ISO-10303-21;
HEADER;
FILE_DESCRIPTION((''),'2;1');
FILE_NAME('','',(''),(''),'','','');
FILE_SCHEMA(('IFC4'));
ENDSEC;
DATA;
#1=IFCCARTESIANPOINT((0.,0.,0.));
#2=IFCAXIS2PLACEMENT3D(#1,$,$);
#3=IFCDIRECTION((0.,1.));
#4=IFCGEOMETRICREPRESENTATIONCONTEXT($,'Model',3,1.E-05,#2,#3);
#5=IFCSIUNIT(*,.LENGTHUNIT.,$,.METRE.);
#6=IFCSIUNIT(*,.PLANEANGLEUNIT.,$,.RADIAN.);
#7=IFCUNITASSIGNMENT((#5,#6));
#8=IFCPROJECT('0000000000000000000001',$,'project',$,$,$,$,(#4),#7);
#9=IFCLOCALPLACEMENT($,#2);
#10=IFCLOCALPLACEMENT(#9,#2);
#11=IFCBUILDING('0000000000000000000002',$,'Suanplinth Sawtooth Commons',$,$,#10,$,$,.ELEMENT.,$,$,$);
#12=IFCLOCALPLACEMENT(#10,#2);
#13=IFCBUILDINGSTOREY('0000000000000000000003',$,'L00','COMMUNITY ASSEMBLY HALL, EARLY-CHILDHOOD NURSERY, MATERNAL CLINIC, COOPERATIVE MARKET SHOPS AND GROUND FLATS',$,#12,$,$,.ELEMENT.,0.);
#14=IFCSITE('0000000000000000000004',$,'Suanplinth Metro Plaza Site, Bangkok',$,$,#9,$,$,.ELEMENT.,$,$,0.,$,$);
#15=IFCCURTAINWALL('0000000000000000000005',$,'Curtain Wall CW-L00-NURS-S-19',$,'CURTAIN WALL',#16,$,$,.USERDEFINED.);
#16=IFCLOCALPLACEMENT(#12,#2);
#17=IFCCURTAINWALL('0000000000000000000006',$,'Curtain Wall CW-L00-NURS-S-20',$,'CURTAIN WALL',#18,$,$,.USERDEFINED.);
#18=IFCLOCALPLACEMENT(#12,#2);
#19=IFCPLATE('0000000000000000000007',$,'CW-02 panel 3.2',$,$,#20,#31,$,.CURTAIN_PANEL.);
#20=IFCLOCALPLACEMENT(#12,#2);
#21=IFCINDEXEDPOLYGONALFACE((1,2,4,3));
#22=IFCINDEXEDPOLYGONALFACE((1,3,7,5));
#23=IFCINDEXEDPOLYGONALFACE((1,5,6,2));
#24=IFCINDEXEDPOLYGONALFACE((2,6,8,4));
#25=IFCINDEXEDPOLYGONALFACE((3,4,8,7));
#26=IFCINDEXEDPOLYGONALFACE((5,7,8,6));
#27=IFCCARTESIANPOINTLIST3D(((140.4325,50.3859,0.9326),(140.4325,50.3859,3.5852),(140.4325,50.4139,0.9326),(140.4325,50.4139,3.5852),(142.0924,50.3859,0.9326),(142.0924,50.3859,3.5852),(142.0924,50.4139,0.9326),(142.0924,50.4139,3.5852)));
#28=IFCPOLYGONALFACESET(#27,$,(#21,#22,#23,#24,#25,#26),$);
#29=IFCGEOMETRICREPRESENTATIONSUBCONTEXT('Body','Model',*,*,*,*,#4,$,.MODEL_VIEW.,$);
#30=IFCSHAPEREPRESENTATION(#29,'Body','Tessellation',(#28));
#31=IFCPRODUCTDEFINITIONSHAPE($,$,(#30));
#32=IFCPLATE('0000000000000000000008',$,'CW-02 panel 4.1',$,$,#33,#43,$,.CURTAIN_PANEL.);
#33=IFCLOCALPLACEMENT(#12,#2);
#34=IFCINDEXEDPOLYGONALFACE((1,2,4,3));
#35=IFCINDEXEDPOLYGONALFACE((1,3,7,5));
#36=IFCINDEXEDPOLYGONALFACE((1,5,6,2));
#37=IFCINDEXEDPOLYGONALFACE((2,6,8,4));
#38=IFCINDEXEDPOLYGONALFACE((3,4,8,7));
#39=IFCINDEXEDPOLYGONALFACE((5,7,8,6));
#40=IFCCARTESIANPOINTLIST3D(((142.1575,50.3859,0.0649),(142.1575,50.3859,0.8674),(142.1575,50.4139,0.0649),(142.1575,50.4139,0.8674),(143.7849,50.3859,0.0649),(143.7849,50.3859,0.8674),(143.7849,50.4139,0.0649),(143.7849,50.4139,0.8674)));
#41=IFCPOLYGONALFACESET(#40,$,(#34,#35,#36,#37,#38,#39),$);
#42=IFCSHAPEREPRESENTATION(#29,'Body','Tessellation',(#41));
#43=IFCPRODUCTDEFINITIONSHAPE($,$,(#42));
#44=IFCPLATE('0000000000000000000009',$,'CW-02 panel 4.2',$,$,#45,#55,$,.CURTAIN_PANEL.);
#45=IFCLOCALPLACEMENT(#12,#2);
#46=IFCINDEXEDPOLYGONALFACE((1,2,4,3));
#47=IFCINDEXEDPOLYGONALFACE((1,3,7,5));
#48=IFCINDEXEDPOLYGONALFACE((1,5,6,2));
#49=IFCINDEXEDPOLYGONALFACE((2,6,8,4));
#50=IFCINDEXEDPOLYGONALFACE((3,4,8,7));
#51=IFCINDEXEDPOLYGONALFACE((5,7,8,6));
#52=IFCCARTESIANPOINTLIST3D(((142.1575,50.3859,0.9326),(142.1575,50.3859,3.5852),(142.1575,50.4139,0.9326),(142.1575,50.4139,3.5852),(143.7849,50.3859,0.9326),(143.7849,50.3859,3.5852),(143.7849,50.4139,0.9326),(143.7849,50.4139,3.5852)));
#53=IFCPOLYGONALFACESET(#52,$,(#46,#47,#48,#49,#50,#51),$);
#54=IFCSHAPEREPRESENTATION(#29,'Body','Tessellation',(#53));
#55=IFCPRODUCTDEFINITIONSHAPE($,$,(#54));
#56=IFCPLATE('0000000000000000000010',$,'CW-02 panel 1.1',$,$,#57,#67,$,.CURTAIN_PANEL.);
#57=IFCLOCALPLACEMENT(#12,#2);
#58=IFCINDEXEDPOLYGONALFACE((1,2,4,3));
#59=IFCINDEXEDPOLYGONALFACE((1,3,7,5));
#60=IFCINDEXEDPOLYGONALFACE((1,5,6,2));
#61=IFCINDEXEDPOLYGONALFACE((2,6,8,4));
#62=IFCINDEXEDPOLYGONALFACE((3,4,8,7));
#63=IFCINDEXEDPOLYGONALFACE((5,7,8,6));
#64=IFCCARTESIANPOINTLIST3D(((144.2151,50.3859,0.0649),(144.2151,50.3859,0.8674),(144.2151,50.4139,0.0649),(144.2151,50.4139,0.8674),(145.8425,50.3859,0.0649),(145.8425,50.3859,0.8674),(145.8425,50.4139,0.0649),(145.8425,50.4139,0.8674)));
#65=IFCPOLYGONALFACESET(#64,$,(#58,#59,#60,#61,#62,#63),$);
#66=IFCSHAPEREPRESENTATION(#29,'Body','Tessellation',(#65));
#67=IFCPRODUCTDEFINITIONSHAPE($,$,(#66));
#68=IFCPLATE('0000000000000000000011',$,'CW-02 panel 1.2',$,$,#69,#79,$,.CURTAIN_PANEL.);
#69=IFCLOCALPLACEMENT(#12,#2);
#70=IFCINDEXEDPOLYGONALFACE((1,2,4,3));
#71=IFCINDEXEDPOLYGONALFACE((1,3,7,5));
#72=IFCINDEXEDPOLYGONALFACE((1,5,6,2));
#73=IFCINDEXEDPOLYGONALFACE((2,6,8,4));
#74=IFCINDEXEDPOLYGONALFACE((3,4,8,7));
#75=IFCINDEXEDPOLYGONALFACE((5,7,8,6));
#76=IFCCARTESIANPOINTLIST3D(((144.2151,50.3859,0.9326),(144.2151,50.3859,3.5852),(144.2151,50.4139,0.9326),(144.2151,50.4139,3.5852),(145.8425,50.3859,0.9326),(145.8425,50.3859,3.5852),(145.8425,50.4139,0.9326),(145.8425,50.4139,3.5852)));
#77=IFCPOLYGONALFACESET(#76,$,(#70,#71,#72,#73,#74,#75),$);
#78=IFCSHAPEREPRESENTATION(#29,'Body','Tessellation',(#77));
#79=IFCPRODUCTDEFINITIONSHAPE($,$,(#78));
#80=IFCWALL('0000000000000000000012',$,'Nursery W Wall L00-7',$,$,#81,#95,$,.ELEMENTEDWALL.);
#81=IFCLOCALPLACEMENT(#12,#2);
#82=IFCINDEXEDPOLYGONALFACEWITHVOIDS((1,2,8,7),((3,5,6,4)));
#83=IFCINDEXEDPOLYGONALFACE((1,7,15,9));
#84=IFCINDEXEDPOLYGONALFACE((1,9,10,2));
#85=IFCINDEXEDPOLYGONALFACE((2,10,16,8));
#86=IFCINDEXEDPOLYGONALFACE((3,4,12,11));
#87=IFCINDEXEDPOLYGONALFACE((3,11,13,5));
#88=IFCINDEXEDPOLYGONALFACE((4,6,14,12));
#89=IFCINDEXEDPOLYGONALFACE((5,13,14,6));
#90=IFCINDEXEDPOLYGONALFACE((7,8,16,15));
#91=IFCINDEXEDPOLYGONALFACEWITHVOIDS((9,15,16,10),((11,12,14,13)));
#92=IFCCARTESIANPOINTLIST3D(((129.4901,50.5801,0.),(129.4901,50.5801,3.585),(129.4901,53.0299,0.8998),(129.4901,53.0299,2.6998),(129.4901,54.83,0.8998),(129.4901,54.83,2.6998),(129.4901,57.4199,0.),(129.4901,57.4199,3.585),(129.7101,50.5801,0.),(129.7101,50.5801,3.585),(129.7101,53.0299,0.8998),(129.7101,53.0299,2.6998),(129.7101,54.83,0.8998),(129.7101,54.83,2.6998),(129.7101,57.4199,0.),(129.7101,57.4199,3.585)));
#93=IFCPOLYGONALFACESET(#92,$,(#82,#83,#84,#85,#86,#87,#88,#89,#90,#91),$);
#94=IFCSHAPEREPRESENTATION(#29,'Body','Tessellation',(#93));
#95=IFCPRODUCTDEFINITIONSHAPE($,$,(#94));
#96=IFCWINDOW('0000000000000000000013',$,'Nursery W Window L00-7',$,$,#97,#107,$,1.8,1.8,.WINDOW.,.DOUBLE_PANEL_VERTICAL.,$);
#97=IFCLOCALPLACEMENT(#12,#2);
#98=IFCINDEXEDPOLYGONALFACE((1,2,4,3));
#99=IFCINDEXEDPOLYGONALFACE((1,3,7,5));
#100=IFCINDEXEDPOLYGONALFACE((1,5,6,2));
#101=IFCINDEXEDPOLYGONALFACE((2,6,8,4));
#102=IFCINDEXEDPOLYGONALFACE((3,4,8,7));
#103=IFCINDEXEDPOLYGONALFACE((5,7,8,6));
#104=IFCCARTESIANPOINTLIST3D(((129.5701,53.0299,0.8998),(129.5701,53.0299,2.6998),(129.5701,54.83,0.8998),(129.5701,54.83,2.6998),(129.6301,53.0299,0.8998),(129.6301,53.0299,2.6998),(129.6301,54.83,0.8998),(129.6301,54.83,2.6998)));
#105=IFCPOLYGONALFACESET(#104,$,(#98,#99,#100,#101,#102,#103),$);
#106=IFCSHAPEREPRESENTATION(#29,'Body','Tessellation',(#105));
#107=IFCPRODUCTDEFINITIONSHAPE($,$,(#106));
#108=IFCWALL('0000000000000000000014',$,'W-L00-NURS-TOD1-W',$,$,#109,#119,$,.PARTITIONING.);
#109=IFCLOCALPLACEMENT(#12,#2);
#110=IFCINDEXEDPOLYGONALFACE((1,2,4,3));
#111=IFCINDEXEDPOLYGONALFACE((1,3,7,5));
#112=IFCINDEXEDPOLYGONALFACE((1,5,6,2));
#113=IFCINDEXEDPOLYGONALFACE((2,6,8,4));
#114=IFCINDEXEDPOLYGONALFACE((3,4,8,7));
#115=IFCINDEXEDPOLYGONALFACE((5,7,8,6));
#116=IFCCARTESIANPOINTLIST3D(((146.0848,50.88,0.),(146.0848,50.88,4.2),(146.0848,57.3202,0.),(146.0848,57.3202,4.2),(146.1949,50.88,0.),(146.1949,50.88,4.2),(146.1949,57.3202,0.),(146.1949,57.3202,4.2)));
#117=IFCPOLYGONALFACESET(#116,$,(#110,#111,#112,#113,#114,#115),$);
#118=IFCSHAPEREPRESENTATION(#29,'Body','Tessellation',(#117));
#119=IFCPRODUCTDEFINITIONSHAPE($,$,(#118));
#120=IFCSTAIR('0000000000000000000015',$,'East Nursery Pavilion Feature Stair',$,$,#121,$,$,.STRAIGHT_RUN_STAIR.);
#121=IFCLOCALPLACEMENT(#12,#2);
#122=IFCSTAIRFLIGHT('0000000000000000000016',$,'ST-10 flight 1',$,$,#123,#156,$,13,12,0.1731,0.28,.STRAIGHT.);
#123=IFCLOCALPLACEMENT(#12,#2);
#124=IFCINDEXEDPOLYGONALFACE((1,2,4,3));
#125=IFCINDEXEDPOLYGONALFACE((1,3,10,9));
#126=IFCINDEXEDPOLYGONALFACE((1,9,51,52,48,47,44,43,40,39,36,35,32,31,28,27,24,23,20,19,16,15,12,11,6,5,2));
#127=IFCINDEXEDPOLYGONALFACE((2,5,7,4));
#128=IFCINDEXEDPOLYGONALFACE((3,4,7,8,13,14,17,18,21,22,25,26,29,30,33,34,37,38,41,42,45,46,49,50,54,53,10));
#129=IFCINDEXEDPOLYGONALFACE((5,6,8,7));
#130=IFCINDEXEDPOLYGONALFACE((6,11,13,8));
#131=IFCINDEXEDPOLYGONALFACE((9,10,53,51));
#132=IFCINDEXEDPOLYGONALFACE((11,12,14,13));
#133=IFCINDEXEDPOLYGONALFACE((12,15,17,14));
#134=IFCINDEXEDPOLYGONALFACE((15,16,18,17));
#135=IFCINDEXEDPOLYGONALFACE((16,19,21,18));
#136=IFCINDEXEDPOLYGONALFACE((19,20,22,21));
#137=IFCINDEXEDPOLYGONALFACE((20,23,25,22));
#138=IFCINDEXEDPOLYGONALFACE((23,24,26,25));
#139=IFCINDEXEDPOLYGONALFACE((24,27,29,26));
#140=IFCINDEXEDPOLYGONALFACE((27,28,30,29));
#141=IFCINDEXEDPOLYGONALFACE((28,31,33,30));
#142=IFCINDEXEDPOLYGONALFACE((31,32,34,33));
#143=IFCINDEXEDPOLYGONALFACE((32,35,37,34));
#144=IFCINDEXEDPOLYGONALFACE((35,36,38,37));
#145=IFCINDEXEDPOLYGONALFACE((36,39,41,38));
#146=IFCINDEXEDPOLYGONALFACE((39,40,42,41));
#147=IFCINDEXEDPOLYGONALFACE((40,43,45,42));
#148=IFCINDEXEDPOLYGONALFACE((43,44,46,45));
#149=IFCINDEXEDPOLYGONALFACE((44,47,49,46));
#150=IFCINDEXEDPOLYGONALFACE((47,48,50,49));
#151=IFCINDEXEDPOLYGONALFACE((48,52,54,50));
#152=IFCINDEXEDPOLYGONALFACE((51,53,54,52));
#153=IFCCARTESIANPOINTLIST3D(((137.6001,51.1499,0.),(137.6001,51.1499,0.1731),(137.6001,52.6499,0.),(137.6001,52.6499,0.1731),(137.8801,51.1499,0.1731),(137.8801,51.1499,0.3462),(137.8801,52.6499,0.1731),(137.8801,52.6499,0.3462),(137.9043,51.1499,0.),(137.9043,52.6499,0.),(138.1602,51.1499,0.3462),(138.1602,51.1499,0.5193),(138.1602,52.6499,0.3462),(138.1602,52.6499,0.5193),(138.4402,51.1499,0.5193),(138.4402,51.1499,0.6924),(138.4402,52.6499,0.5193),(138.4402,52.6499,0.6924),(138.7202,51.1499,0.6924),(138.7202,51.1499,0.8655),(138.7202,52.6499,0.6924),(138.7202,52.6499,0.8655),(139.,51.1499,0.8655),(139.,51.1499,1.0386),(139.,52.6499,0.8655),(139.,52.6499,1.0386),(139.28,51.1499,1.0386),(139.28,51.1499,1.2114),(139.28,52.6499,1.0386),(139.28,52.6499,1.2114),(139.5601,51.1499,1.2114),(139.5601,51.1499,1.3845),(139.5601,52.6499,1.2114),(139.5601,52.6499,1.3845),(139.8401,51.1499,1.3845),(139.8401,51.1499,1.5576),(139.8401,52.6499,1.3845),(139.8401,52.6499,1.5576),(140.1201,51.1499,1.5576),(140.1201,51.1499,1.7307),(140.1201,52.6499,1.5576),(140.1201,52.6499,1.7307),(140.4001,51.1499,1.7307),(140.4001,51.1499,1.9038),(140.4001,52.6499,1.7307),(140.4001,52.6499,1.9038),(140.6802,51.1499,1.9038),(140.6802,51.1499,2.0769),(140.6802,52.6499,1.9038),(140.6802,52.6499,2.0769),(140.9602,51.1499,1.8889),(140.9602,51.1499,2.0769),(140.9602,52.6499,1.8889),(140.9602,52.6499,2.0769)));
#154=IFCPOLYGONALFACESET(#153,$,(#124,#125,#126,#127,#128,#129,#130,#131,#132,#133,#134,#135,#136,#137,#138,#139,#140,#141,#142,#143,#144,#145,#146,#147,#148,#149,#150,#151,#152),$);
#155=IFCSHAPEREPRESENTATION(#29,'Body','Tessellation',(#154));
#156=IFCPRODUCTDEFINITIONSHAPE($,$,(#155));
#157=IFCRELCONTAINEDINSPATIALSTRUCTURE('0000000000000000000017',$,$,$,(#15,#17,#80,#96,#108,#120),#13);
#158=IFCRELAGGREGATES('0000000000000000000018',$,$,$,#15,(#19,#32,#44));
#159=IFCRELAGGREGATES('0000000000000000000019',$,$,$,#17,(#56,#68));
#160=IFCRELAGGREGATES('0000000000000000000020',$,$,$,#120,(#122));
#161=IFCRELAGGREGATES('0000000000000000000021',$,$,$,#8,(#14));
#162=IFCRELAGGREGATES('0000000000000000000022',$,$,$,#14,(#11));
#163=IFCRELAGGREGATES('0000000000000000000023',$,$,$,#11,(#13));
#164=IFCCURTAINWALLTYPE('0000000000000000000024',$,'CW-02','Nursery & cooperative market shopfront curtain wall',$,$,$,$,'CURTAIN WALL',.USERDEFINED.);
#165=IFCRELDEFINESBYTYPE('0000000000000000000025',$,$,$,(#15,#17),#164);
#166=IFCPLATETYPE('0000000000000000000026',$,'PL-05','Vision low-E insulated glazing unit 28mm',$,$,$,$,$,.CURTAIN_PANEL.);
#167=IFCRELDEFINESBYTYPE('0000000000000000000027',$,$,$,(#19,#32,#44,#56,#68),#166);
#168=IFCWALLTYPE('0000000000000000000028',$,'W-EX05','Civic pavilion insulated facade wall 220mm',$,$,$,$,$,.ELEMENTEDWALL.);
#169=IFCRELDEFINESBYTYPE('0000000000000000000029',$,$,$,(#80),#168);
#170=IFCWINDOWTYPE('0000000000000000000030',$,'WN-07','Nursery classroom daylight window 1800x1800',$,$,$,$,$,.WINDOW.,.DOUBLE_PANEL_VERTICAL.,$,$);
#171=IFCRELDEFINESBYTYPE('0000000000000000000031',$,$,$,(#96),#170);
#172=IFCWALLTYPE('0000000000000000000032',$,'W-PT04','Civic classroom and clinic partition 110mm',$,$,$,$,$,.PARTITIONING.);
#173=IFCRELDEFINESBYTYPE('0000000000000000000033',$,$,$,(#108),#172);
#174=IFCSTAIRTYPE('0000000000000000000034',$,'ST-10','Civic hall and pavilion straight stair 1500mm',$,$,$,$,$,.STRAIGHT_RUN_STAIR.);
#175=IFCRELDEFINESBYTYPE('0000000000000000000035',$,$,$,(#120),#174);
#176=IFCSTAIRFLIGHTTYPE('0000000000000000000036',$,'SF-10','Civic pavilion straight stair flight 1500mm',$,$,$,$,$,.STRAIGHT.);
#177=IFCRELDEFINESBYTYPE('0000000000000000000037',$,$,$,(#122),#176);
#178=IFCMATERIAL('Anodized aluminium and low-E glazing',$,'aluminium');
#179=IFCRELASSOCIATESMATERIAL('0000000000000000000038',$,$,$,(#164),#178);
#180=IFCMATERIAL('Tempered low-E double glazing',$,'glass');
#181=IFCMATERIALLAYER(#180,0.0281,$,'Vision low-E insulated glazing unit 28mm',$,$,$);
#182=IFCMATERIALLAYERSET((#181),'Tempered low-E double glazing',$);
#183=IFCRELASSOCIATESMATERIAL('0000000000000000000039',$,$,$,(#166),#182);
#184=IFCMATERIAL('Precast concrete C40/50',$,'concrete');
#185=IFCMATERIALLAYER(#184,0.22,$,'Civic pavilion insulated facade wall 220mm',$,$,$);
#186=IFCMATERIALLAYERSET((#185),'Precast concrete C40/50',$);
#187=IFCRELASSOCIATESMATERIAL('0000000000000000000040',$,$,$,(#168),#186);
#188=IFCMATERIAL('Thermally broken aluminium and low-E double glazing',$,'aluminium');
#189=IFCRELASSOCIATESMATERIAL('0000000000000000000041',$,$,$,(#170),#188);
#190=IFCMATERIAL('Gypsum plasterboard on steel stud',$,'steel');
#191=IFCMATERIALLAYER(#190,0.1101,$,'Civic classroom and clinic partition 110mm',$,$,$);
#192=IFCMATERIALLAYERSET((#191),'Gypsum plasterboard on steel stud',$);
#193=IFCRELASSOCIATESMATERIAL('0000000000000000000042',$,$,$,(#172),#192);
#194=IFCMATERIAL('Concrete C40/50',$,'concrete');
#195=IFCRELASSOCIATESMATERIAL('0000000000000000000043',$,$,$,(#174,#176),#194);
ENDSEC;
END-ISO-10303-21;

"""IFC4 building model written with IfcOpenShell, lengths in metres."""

from ifc_helpers import new_model, si_unit, direction, frame, frame_2d, origin, origin_2d, place, context, subcontext, project, spatial, polyline, rectangle, outline, extrude, material, layer, layer_set, type_object, element, fill, aggregate, save


model = new_model("IFC4")

# Units and contexts
model_context = context("Model", 3, precision=1e-05, world=origin(), true_north=direction((0.0, 1.0)))
body_context = subcontext(model_context, "Body", "Model", "MODEL_VIEW")
ifc_project = project(units=[si_unit("LENGTHUNIT", "METRE"), si_unit("PLANEANGLEUNIT", "RADIAN")], contexts=[model_context])

# Site, building, storey
site_placement = place(None, origin())
site = spatial("IfcSite", under=ifc_project, at=site_placement, Name="Suanplinth Metro Plaza Site, Bangkok", CompositionType="ELEMENT", RefElevation=0.0)
building_placement = place(site_placement, origin())
building = spatial("IfcBuilding", under=site, at=building_placement, Name="Suanplinth Sawtooth Commons", CompositionType="ELEMENT")
storey_placement = place(building_placement, origin())
storey = spatial("IfcBuildingStorey", under=building, at=storey_placement, Name="L00", Description="COMMUNITY ASSEMBLY HALL, EARLY-CHILDHOOD NURSERY, MATERNAL CLINIC, COOPERATIVE MARKET SHOPS AND GROUND FLATS", CompositionType="ELEMENT", Elevation=0.0)

# Shared definitions
ifc_material_1 = material(Name="Precast concrete C40/50", Category="concrete")

# Curtain walls
ifc_material_2 = material(Name="Anodized aluminium and low-E glazing", Category="aluminium")
curtain_wall_type = type_object("IfcCurtainWallType", Name="CW-02", Description="Nursery & cooperative market shopfront curtain wall", ElementType="CURTAIN WALL", PredefinedType="USERDEFINED", material=ifc_material_2)
curtain_wall_1_placement = place(storey_placement, origin())
curtain_wall_1 = element("IfcCurtainWall", 1, at=curtain_wall_1_placement, inside=storey, type_object=curtain_wall_type, Name="Curtain Wall CW-L00-NURS-S-19", ObjectType="CURTAIN WALL", PredefinedType="USERDEFINED")
curtain_wall_2_placement = place(storey_placement, origin())
curtain_wall_2 = element("IfcCurtainWall", 2, at=curtain_wall_2_placement, inside=storey, type_object=curtain_wall_type, Name="Curtain Wall CW-L00-NURS-S-20", ObjectType="CURTAIN WALL", PredefinedType="USERDEFINED")

# Plates
ifc_material_3 = material(Name="Tempered low-E double glazing", Category="glass")
ifc_layer_1 = layer(ifc_material_3, 0.0281, Name="Vision low-E insulated glazing unit 28mm")
ifc_layer_set_1 = layer_set([ifc_layer_1], Name="Tempered low-E double glazing")
plate_type = type_object("IfcPlateType", Name="PL-05", Description="Vision low-E insulated glazing unit 28mm", PredefinedType="CURTAIN_PANEL", material=ifc_layer_set_1)
plate_1_placement = place(storey_placement, frame((141.2625, 50.3999, 0.9326), z_axis=(0.0, 0.0, 1.0), x_axis=(1.0, 0.0, 0.0)))
plate_1 = element("IfcPlate", 3, at=plate_1_placement, type_object=plate_type, Name="CW-02 panel 3.2", PredefinedType="CURTAIN_PANEL", context=body_context, shape_type="SweptSolid", body=[
    extrude(rectangle(XDim=1.6599, YDim=0.0281, at=origin_2d()), origin(), (0.0, 0.0, 1.0), 2.6526),
])
plate_2_placement = place(storey_placement, frame((142.9712, 50.3999, 0.0649), z_axis=(0.0, 0.0, 1.0), x_axis=(1.0, 0.0, 0.0)))
plate_2 = element("IfcPlate", 4, at=plate_2_placement, type_object=plate_type, Name="CW-02 panel 4.1", PredefinedType="CURTAIN_PANEL", context=body_context, shape_type="SweptSolid", body=[
    extrude(rectangle(XDim=1.6274, YDim=0.0281, at=origin_2d()), origin(), (0.0, 0.0, 1.0), 0.8025),
])
plate_3_placement = place(storey_placement, frame((142.9712, 50.3999, 0.9326), z_axis=(0.0, 0.0, 1.0), x_axis=(1.0, 0.0, 0.0)))
plate_3 = element("IfcPlate", 5, at=plate_3_placement, type_object=plate_type, Name="CW-02 panel 4.2", PredefinedType="CURTAIN_PANEL", context=body_context, shape_type="SweptSolid", body=[
    extrude(rectangle(XDim=1.6274, YDim=0.0281, at=origin_2d()), origin(), (0.0, 0.0, 1.0), 2.6526),
])
aggregate(curtain_wall_1, [plate_1, plate_2, plate_3])
plate_4_placement = place(storey_placement, frame((145.0288, 50.3999, 0.0649), z_axis=(0.0, 0.0, 1.0), x_axis=(1.0, 0.0, 0.0)))
plate_4 = element("IfcPlate", 6, at=plate_4_placement, type_object=plate_type, Name="CW-02 panel 1.1", PredefinedType="CURTAIN_PANEL", context=body_context, shape_type="SweptSolid", body=[
    extrude(rectangle(XDim=1.6274, YDim=0.0281, at=origin_2d()), origin(), (0.0, 0.0, 1.0), 0.8025),
])
plate_5_placement = place(storey_placement, frame((145.0288, 50.3999, 0.9326), z_axis=(0.0, 0.0, 1.0), x_axis=(1.0, 0.0, 0.0)))
plate_5 = element("IfcPlate", 7, at=plate_5_placement, type_object=plate_type, Name="CW-02 panel 1.2", PredefinedType="CURTAIN_PANEL", context=body_context, shape_type="SweptSolid", body=[
    extrude(rectangle(XDim=1.6274, YDim=0.0281, at=origin_2d()), origin(), (0.0, 0.0, 1.0), 2.6526),
])
aggregate(curtain_wall_2, [plate_4, plate_5])

# Wall, opening, window
ifc_layer_2 = layer(ifc_material_1, 0.22, Name="Civic pavilion insulated facade wall 220mm")
ifc_layer_set_2 = layer_set([ifc_layer_2], Name="Precast concrete C40/50")
wall_type_1 = type_object("IfcWallType", Name="W-EX05", Description="Civic pavilion insulated facade wall 220mm", PredefinedType="ELEMENTEDWALL", material=ifc_layer_set_2)
wall_1_placement = place(storey_placement, frame((129.6001, 50.5801, 0.0), z_axis=(0.0, 0.0, 1.0), x_axis=(0.0, 1.0, 0.0)))
wall_1 = element("IfcWall", 8, at=wall_1_placement, inside=storey, type_object=wall_type_1, Name="Nursery W Wall L00-7", PredefinedType="ELEMENTEDWALL", context=body_context, shape_type="SweptSolid", body=[
    extrude(rectangle(XDim=6.8398, YDim=0.22, at=frame_2d((3.4199, 0.0))), origin(), (0.0, 0.0, 1.0), 3.585),
])
opening_placement = place(wall_1_placement, frame((2.45, 0.0, 0.8999)))
opening = element("IfcOpeningElement", 9, at=opening_placement, cuts=wall_1, PredefinedType="OPENING", context=body_context, shape_type="SweptSolid", body=[
    extrude(rectangle(XDim=1.8, YDim=1.8, at=frame_2d((0.8999, 0.8999))), frame((0.0, 0.125, 0.0), z_axis=(0.0, -1.0, 0.0), x_axis=(1.0, 0.0, 0.0)), (0.0, 0.0, 1.0), 0.2498),
])
ifc_material_4 = material(Name="Thermally broken aluminium and low-E double glazing", Category="aluminium")
window_type = type_object("IfcWindowType", Name="WN-07", Description="Nursery classroom daylight window 1800x1800", PartitioningType="DOUBLE_PANEL_VERTICAL", PredefinedType="WINDOW", material=ifc_material_4)
window_placement = place(opening_placement, origin())
window = element("IfcWindow", 10, at=window_placement, inside=storey, type_object=window_type, Name="Nursery W Window L00-7", OverallHeight=1.8, OverallWidth=1.8, PartitioningType="DOUBLE_PANEL_VERTICAL", PredefinedType="WINDOW", context=body_context, shape_type="SweptSolid", body=[
    extrude(rectangle(XDim=1.8, YDim=1.8, at=frame_2d((0.8999, 0.8999))), frame((0.0, 0.03, 0.0), z_axis=(0.0, -1.0, 0.0), x_axis=(1.0, 0.0, 0.0)), (0.0, 0.0, 1.0), 0.0601),
])
fill(opening, window)

# Wall
ifc_material_5 = material(Name="Gypsum plasterboard on steel stud", Category="steel")
ifc_layer_3 = layer(ifc_material_5, 0.1101, Name="Civic classroom and clinic partition 110mm")
ifc_layer_set_3 = layer_set([ifc_layer_3], Name="Gypsum plasterboard on steel stud")
wall_type_2 = type_object("IfcWallType", Name="W-PT04", Description="Civic classroom and clinic partition 110mm", PredefinedType="PARTITIONING", material=ifc_layer_set_3)
wall_2_placement = place(storey_placement, frame((146.1399, 50.8799, 0.0), z_axis=(0.0, 0.0, 1.0), x_axis=(0.0, 1.0, 0.0)))
element("IfcWall", 11, at=wall_2_placement, inside=storey, type_object=wall_type_2, Name="W-L00-NURS-TOD1-W", PredefinedType="PARTITIONING", context=body_context, shape_type="SweptSolid", body=[
    extrude(rectangle(XDim=6.4402, YDim=0.1101, at=frame_2d((3.2202, 0.0))), origin(), (0.0, 0.0, 1.0), 4.2),
])

# Stair, stair flight
ifc_material_6 = material(Name="Concrete C40/50", Category="concrete")
stair_type = type_object("IfcStairType", Name="ST-10", Description="Civic hall and pavilion straight stair 1500mm", PredefinedType="STRAIGHT_RUN_STAIR", material=ifc_material_6)
stair_placement = place(storey_placement, origin())
stair = element("IfcStair", 12, at=stair_placement, inside=storey, type_object=stair_type, Name="East Nursery Pavilion Feature Stair", PredefinedType="STRAIGHT_RUN_STAIR")
stair_flight_type = type_object("IfcStairFlightType", Name="SF-10", Description="Civic pavilion straight stair flight 1500mm", PredefinedType="STRAIGHT", material=ifc_material_6)
stair_flight_1_placement = place(storey_placement, frame((137.6001, 51.8999, 0.0), z_axis=(0.0, 0.0, 1.0), x_axis=(1.0, 0.0, 0.0)))
stair_flight_1 = element("IfcStairFlight", 13, at=stair_flight_1_placement, type_object=stair_flight_type, Name="ST-10 flight 1", NumberOfRisers=13, NumberOfTreads=12, PredefinedType="STRAIGHT", RiserHeight=0.1731, TreadLength=0.28, context=body_context, shape_type="SweptSolid", body=[
    extrude(outline(polyline([(0.0, 0.0), (0.0, 0.1731), (0.28, 0.1731), (0.28, 0.3462), (0.5601, 0.3462), (0.5601, 0.5193), (0.8401, 0.5193), (0.8401, 0.6924), (1.1201, 0.6924), (1.1201, 0.8655), (1.3999, 0.8655), (1.3999, 1.0386), (1.6799, 1.0386), (1.6799, 1.2114), (1.96, 1.2114), (1.96, 1.3845), (2.24, 1.3845), (2.24, 1.5576), (2.52, 1.5576), (2.52, 1.7307), (2.8, 1.7307), (2.8, 1.9038), (3.0801, 1.9038), (3.0801, 2.0769), (3.3601, 2.0769), (3.3601, 2.25), (3.3601, 1.8889), (0.3042, 0.0), (0.0, 0.0)])), frame((0.0, 0.75, 0.0), z_axis=(0.0, -1.0, 0.0), x_axis=(1.0, 0.0, 0.0)), (0.0, 0.0, 1.0), 1.5),
])
aggregate(stair, [stair_flight_1])

save(model, "model.ifc")
